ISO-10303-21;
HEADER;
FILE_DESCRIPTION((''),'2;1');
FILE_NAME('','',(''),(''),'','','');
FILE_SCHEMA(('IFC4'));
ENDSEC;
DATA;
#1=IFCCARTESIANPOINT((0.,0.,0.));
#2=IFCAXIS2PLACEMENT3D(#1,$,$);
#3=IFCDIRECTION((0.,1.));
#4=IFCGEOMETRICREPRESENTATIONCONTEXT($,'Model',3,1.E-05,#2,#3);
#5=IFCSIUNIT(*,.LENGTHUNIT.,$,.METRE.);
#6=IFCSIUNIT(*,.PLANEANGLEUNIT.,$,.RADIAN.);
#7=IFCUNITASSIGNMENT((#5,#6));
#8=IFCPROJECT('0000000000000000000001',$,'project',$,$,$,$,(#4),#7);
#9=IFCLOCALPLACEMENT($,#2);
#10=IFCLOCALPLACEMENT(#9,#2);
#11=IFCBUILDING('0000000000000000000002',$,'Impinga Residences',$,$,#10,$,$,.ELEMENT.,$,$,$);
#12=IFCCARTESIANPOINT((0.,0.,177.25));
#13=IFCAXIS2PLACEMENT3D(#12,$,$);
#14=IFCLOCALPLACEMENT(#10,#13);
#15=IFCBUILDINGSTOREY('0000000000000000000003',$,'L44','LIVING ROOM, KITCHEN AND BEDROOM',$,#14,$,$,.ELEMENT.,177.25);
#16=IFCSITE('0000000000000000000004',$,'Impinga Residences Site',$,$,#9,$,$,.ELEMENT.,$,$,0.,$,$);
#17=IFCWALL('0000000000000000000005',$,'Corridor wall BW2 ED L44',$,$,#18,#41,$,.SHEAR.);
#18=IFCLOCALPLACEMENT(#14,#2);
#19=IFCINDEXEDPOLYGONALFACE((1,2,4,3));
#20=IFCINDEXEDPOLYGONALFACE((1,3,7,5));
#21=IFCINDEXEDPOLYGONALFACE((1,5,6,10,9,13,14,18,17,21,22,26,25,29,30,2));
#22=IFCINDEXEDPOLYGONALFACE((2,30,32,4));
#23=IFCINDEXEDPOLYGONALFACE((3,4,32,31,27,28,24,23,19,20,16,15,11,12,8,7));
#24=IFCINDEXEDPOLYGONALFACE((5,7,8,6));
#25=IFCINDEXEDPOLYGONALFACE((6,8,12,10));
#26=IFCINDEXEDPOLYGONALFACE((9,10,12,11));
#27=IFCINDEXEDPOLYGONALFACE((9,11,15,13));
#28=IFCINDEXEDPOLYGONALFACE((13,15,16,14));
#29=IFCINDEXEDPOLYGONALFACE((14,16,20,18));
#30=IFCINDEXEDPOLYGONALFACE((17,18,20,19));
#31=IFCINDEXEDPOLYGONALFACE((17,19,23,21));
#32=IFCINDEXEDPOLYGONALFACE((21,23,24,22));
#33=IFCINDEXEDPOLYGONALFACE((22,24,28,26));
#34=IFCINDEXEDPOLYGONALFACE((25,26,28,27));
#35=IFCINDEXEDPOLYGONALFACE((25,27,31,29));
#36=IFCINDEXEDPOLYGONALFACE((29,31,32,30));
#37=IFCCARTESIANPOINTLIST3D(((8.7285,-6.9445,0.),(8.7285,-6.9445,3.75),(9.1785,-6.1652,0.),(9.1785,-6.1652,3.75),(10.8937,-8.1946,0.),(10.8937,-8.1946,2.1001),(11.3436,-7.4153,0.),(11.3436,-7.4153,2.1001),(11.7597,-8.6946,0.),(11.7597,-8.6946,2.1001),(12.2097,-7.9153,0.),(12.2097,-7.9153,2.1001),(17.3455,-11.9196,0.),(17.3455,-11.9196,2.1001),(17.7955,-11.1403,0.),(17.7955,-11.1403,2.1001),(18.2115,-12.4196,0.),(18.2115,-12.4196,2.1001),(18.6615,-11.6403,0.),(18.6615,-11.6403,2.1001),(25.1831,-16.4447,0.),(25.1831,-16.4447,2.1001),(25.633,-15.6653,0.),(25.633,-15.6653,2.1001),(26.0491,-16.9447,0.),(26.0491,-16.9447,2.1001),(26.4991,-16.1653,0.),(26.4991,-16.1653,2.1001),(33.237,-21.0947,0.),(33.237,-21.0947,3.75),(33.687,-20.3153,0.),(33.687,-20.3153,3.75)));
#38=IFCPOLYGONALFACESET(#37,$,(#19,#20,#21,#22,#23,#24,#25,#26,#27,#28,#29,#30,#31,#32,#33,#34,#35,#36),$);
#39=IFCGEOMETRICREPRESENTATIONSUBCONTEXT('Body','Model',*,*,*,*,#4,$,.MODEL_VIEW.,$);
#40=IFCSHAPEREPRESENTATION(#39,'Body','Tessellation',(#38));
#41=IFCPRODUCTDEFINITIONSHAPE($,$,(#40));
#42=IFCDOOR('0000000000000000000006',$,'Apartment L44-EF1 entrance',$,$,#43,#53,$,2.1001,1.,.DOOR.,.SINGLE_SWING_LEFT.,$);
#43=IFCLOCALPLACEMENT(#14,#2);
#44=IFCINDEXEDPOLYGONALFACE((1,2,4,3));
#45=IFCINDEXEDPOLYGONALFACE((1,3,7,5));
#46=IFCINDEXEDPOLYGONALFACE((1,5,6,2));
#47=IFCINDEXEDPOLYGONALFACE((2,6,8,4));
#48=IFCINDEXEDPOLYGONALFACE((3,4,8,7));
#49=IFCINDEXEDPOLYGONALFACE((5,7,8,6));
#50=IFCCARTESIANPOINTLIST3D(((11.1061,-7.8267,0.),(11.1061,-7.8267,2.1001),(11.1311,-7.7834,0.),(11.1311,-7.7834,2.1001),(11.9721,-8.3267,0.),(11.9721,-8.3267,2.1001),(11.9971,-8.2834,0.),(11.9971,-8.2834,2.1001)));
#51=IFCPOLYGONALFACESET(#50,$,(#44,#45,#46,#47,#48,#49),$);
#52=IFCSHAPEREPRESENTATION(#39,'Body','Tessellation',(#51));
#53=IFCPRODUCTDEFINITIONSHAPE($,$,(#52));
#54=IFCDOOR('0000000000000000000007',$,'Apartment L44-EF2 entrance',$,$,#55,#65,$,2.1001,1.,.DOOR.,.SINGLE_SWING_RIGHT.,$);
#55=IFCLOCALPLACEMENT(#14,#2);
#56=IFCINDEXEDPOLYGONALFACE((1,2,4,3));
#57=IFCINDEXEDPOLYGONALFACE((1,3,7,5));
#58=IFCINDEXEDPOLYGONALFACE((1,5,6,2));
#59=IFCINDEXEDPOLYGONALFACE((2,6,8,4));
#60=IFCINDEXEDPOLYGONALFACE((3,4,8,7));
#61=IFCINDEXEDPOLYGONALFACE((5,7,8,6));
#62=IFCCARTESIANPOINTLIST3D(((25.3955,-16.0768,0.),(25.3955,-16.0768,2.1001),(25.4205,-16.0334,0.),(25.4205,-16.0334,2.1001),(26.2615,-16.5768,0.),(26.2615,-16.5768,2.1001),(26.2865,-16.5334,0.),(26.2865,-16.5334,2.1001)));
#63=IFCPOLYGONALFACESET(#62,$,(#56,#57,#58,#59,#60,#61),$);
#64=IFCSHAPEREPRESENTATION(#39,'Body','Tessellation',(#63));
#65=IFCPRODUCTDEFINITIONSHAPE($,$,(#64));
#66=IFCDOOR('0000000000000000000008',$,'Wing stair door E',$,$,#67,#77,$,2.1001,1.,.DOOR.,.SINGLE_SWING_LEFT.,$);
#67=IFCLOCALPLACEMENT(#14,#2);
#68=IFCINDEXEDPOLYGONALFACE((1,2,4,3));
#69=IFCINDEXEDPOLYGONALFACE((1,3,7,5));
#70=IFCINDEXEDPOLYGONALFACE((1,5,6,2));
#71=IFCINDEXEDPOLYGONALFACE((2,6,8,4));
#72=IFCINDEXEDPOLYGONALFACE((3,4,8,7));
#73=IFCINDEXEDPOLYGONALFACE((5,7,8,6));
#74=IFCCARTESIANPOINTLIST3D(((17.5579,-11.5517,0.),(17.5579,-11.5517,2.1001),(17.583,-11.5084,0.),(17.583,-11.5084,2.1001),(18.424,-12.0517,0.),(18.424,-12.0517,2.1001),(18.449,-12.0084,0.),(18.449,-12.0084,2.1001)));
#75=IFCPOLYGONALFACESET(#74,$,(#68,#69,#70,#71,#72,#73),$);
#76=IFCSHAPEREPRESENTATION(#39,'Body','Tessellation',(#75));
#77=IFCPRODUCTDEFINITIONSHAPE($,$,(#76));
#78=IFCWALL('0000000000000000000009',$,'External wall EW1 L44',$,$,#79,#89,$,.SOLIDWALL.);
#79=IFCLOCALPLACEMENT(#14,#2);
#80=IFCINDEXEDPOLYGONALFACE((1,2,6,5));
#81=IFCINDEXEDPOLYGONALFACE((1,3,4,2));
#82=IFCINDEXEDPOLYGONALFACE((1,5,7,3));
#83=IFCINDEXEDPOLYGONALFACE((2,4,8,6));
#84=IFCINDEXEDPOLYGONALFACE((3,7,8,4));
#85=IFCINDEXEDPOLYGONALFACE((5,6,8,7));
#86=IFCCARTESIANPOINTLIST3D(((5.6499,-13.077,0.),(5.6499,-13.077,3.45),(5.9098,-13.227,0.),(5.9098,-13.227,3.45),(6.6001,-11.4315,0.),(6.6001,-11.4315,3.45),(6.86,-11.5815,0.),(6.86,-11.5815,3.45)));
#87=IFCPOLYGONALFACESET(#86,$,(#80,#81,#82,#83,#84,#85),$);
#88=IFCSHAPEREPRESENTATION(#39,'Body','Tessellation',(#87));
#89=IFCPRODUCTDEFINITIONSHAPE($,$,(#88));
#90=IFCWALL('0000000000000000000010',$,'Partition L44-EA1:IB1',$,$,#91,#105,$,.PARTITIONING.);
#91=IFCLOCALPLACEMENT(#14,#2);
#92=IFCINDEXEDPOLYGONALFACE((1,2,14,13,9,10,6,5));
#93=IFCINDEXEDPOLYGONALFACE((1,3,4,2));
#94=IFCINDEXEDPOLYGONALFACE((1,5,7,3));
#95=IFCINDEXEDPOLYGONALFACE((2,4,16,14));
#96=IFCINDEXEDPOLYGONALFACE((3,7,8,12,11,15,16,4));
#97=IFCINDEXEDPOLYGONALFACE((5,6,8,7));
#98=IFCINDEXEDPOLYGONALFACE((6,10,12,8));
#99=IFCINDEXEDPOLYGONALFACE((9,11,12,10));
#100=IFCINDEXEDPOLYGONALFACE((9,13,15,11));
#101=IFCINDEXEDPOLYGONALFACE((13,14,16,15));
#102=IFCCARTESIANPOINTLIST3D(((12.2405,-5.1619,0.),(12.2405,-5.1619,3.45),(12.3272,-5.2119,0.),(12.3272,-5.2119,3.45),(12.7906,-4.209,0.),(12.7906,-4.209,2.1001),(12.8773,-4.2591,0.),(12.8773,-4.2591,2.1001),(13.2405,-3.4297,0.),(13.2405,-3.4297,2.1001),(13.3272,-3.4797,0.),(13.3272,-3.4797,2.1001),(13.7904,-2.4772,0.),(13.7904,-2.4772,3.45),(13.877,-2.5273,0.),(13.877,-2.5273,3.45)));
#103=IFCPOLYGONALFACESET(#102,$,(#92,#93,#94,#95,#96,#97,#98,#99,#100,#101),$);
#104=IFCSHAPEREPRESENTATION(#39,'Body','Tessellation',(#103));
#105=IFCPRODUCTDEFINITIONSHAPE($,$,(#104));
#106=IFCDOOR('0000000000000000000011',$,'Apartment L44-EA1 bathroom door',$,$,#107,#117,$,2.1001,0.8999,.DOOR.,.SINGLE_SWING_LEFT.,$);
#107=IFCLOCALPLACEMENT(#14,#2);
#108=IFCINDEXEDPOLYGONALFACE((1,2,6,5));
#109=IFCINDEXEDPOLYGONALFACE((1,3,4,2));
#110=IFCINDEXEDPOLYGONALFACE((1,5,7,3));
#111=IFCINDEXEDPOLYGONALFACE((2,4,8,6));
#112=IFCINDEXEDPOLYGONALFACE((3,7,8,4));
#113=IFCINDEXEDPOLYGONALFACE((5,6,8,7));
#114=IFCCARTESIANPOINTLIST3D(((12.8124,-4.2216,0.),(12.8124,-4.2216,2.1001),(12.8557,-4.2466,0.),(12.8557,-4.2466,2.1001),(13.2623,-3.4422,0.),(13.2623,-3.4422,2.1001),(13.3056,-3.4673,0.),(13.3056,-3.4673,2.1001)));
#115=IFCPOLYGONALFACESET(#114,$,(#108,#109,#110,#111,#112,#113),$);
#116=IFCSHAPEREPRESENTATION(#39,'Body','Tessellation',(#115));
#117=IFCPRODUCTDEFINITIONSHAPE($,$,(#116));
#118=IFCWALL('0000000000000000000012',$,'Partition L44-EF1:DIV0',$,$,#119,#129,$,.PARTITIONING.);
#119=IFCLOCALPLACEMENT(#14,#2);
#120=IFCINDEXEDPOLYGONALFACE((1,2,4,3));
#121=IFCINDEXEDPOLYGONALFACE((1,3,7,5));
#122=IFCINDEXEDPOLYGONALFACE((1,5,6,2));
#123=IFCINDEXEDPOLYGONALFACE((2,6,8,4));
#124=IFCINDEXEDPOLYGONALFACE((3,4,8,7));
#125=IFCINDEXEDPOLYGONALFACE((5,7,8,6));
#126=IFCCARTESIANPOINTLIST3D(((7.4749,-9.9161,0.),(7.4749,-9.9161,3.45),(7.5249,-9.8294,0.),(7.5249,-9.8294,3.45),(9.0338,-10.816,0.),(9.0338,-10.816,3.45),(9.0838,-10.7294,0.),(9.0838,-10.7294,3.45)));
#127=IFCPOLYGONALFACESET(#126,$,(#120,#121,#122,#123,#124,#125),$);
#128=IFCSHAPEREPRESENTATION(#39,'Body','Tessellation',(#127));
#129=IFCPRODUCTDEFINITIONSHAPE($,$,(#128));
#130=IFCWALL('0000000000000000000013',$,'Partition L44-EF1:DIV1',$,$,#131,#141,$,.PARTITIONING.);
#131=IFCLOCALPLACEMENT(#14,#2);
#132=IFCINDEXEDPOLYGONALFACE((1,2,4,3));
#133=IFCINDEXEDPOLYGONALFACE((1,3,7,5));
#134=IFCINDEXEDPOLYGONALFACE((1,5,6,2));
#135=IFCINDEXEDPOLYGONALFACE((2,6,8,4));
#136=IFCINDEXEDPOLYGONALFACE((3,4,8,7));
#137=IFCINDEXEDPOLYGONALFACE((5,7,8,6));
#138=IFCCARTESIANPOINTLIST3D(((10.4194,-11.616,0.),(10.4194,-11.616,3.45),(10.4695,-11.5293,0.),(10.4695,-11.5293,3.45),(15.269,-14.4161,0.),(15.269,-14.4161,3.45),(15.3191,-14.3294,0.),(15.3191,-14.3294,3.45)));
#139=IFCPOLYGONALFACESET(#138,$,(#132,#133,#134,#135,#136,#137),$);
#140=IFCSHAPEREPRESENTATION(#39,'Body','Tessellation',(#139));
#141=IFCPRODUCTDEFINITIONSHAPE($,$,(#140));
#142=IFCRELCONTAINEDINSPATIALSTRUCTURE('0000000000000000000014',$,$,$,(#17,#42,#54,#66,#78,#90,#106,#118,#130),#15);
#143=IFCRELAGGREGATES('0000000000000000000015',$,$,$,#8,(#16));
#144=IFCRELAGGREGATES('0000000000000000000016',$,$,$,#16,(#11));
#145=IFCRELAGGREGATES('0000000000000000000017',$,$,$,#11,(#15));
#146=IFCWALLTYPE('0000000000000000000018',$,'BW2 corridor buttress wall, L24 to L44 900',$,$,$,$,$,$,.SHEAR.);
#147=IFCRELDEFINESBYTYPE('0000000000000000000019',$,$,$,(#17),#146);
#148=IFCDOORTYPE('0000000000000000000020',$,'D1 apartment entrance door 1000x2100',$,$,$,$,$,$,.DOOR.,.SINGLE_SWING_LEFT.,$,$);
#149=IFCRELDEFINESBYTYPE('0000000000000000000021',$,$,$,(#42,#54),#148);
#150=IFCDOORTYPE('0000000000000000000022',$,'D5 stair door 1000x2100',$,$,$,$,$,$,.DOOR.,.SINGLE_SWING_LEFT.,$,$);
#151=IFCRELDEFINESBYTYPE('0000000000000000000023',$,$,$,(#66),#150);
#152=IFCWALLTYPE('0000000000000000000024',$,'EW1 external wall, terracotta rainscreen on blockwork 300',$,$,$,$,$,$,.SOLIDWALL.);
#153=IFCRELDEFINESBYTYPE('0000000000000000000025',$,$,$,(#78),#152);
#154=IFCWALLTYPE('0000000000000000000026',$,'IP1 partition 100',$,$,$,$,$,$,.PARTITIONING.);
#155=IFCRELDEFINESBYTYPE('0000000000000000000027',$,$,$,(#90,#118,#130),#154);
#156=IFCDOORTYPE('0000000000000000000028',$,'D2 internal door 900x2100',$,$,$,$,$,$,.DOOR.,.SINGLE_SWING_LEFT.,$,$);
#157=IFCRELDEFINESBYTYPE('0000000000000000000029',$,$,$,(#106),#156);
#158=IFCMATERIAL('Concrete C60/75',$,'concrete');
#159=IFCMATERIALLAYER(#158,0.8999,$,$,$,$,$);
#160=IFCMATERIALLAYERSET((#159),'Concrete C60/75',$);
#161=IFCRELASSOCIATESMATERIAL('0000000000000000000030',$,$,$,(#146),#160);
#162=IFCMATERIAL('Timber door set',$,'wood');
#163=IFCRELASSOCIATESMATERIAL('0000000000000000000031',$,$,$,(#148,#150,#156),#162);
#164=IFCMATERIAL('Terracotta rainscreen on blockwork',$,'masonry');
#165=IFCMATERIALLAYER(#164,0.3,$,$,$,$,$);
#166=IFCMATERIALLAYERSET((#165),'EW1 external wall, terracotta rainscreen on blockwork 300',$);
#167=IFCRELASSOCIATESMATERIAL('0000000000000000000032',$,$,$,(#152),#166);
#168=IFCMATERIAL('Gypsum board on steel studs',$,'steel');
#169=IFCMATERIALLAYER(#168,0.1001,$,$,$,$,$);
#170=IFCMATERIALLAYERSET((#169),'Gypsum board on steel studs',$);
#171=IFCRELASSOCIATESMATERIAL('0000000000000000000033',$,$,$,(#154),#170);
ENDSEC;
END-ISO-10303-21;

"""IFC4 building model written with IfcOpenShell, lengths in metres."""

from ifc_helpers import new_model, si_unit, direction, frame, frame_2d, origin, place, context, subcontext, project, spatial, rectangle, extrude, material, layer, layer_set, type_object, element, fill, save


model = new_model("IFC4")

# Units and contexts
model_context = context("Model", 3, precision=1e-05, world=origin(), true_north=direction((0.0, 1.0)))
body_context = subcontext(model_context, "Body", "Model", "MODEL_VIEW")
ifc_project = project(units=[si_unit("LENGTHUNIT", "METRE"), si_unit("PLANEANGLEUNIT", "RADIAN")], contexts=[model_context])

# Site, building, storey
site_placement = place(None, origin())
site = spatial("IfcSite", under=ifc_project, at=site_placement, Name="Impinga Residences Site", CompositionType="ELEMENT", RefElevation=0.0)
building_placement = place(site_placement, origin())
building = spatial("IfcBuilding", under=site, at=building_placement, Name="Impinga Residences", CompositionType="ELEMENT")
storey_placement = place(building_placement, frame((0.0, 0.0, 177.25)))
storey = spatial("IfcBuildingStorey", under=building, at=storey_placement, Name="L44", Description="LIVING ROOM, KITCHEN AND BEDROOM", CompositionType="ELEMENT", Elevation=177.25)

# Wall, openings, doors
ifc_material_1 = material(Name="Concrete C60/75", Category="concrete")
ifc_layer_1 = layer(ifc_material_1, 0.8999)
ifc_layer_set_1 = layer_set([ifc_layer_1], Name="Concrete C60/75")
wall_type_1 = type_object("IfcWallType", Name="BW2 corridor buttress wall, L24 to L44 900", PredefinedType="SHEAR", material=ifc_layer_set_1)
wall_1_placement = place(storey_placement, frame((8.9536, -6.5549, 0.0), z_axis=(0.0, 0.0, 1.0), x_axis=(0.866023, -0.500003, 0.0)))
wall_1 = element("IfcWall", 1, at=wall_1_placement, inside=storey, type_object=wall_type_1, Name="Corridor wall BW2 ED L44", PredefinedType="SHEAR", context=body_context, shape_type="SweptSolid", body=[
    extrude(rectangle(XDim=28.3, YDim=0.8999, at=frame_2d((14.1499, 0.0))), origin(), (0.0, 0.0, 1.0), 3.75),
])
opening_1_placement = place(wall_1_placement, frame((9.95, 0.0, 0.0)))
opening_1 = element("IfcOpeningElement", 2, at=opening_1_placement, cuts=wall_1, PredefinedType="OPENING", context=body_context, shape_type="SweptSolid", body=[
    extrude(rectangle(XDim=1.0, YDim=2.1001, at=frame_2d((0.5, 1.05))), frame((0.0, 0.46, 0.0), z_axis=(0.0, -1.0, 0.0), x_axis=(1.0, 0.0, 0.0)), (0.0, 0.0, 1.0), 0.9199),
])
opening_2_placement = place(wall_1_placement, frame((2.5, 0.0, 0.0)))
opening_2 = element("IfcOpeningElement", 3, at=opening_2_placement, cuts=wall_1, PredefinedType="OPENING", context=body_context, shape_type="SweptSolid", body=[
    extrude(rectangle(XDim=1.0, YDim=2.1001, at=frame_2d((0.5, 1.05))), frame((0.0, 0.46, 0.0), z_axis=(0.0, -1.0, 0.0), x_axis=(1.0, 0.0, 0.0)), (0.0, 0.0, 1.0), 0.9199),
])
opening_3_placement = place(wall_1_placement, frame((19.0, 0.0, 0.0)))
opening_3 = element("IfcOpeningElement", 4, at=opening_3_placement, cuts=wall_1, PredefinedType="OPENING", context=body_context, shape_type="SweptSolid", body=[
    extrude(rectangle(XDim=1.0, YDim=2.1001, at=frame_2d((0.5, 1.05))), frame((0.0, 0.46, 0.0), z_axis=(0.0, -1.0, 0.0), x_axis=(1.0, 0.0, 0.0)), (0.0, 0.0, 1.0), 0.9199),
])
ifc_material_2 = material(Name="Timber door set", Category="wood")
door_type_1 = type_object("IfcDoorType", Name="D1 apartment entrance door 1000x2100", OperationType="SINGLE_SWING_LEFT", PredefinedType="DOOR", material=ifc_material_2)
door_1_placement = place(opening_2_placement, origin())
door_1 = element("IfcDoor", 5, at=door_1_placement, inside=storey, type_object=door_type_1, Name="Apartment L44-EF1 entrance", OperationType="SINGLE_SWING_LEFT", OverallHeight=2.1001, OverallWidth=1.0, PredefinedType="DOOR", context=body_context, shape_type="SweptSolid", body=[
    extrude(rectangle(XDim=1.0, YDim=2.1001, at=frame_2d((0.5, 1.05))), frame((0.0, 0.0249, 0.0), z_axis=(0.0, -1.0, 0.0), x_axis=(1.0, 0.0, 0.0)), (0.0, 0.0, 1.0), 0.05),
])
fill(opening_2, door_1)
door_2_placement = place(opening_3_placement, origin())
door_2 = element("IfcDoor", 6, at=door_2_placement, inside=storey, type_object=door_type_1, Name="Apartment L44-EF2 entrance", OperationType="SINGLE_SWING_RIGHT", OverallHeight=2.1001, OverallWidth=1.0, PredefinedType="DOOR", context=body_context, shape_type="SweptSolid", body=[
    extrude(rectangle(XDim=1.0, YDim=2.1001, at=frame_2d((0.5, 1.05))), frame((0.0, 0.0249, 0.0), z_axis=(0.0, -1.0, 0.0), x_axis=(1.0, 0.0, 0.0)), (0.0, 0.0, 1.0), 0.05),
])
fill(opening_3, door_2)
door_type_2 = type_object("IfcDoorType", Name="D5 stair door 1000x2100", OperationType="SINGLE_SWING_LEFT", PredefinedType="DOOR", material=ifc_material_2)
door_3_placement = place(opening_1_placement, origin())
door_3 = element("IfcDoor", 7, at=door_3_placement, inside=storey, type_object=door_type_2, Name="Wing stair door E", OperationType="SINGLE_SWING_LEFT", OverallHeight=2.1001, OverallWidth=1.0, PredefinedType="DOOR", context=body_context, shape_type="SweptSolid", body=[
    extrude(rectangle(XDim=1.0, YDim=2.1001, at=frame_2d((0.5, 1.05))), frame((0.0, 0.0249, 0.0), z_axis=(0.0, -1.0, 0.0), x_axis=(1.0, 0.0, 0.0)), (0.0, 0.0, 1.0), 0.05),
])
fill(opening_1, door_3)

# Wall
ifc_material_3 = material(Name="Terracotta rainscreen on blockwork", Category="masonry")
ifc_layer_2 = layer(ifc_material_3, 0.3)
ifc_layer_set_2 = layer_set([ifc_layer_2], Name="EW1 external wall, terracotta rainscreen on blockwork 300")
wall_type_2 = type_object("IfcWallType", Name="EW1 external wall, terracotta rainscreen on blockwork 300", PredefinedType="SOLIDWALL", material=ifc_layer_set_2)
wall_2_placement = place(storey_placement, frame((5.7798, -13.1521, 0.0), z_axis=(0.0, 0.0, 1.0), x_axis=(0.500064, 0.865989, 0.0)))
element("IfcWall", 8, at=wall_2_placement, inside=storey, type_object=wall_type_2, Name="External wall EW1 L44", PredefinedType="SOLIDWALL", context=body_context, shape_type="SweptSolid", body=[
    extrude(rectangle(XDim=1.9001, YDim=0.3, at=frame_2d((0.9502, 0.0))), origin(), (0.0, 0.0, 1.0), 3.45),
])

# Wall, opening, door
ifc_material_4 = material(Name="Gypsum board on steel studs", Category="steel")
ifc_layer_3 = layer(ifc_material_4, 0.1001)
ifc_layer_set_3 = layer_set([ifc_layer_3], Name="Gypsum board on steel studs")
wall_type_3 = type_object("IfcWallType", Name="IP1 partition 100", PredefinedType="PARTITIONING", material=ifc_layer_set_3)
wall_3_placement = place(storey_placement, frame((12.2839, -5.1868, 0.0), z_axis=(0.0, 0.0, 1.0), x_axis=(0.499968, 0.866044, 0.0)))
wall_3 = element("IfcWall", 9, at=wall_3_placement, inside=storey, type_object=wall_type_3, Name="Partition L44-EA1:IB1", PredefinedType="PARTITIONING", context=body_context, shape_type="SweptSolid", body=[
    extrude(rectangle(XDim=3.0999, YDim=0.1001, at=frame_2d((1.5498, 0.0))), origin(), (0.0, 0.0, 1.0), 3.45),
])
opening_4_placement = place(wall_3_placement, frame((1.1001, 0.0, 0.0)))
opening_4 = element("IfcOpeningElement", 10, at=opening_4_placement, cuts=wall_3, PredefinedType="OPENING", context=body_context, shape_type="SweptSolid", body=[
    extrude(rectangle(XDim=0.8999, YDim=2.1001, at=frame_2d((0.45, 1.05))), frame((0.0, 0.0601, 0.0), z_axis=(0.0, -1.0, 0.0), x_axis=(1.0, 0.0, 0.0)), (0.0, 0.0, 1.0), 0.1201),
])
door_type_3 = type_object("IfcDoorType", Name="D2 internal door 900x2100", OperationType="SINGLE_SWING_LEFT", PredefinedType="DOOR", material=ifc_material_2)
door_4_placement = place(opening_4_placement, origin())
door_4 = element("IfcDoor", 11, at=door_4_placement, inside=storey, type_object=door_type_3, Name="Apartment L44-EA1 bathroom door", OperationType="SINGLE_SWING_LEFT", OverallHeight=2.1001, OverallWidth=0.8999, PredefinedType="DOOR", context=body_context, shape_type="SweptSolid", body=[
    extrude(rectangle(XDim=0.8999, YDim=2.1001, at=frame_2d((0.45, 1.05))), frame((0.0, 0.0249, 0.0), z_axis=(0.0, -1.0, 0.0), x_axis=(1.0, 0.0, 0.0)), (0.0, 0.0, 1.0), 0.05),
])
fill(opening_4, door_4)

# Walls
wall_4_placement = place(storey_placement, frame((7.5, -9.8728, 0.0), z_axis=(0.0, 0.0, 1.0), x_axis=(0.866048, -0.499961, 0.0)))
element("IfcWall", 12, at=wall_4_placement, inside=storey, type_object=wall_type_3, Name="Partition L44-EF1:DIV0", PredefinedType="PARTITIONING", context=body_context, shape_type="SweptSolid", body=[
    extrude(rectangle(XDim=1.8, YDim=0.1001, at=frame_2d((0.8999, 0.0))), origin(), (0.0, 0.0, 1.0), 3.45),
])
wall_5_placement = place(storey_placement, frame((10.4446, -11.5728, 0.0), z_axis=(0.0, 0.0, 1.0), x_axis=(0.866016, -0.500017, 0.0)))
element("IfcWall", 13, at=wall_5_placement, inside=storey, type_object=wall_type_3, Name="Partition L44-EF1:DIV1", PredefinedType="PARTITIONING", context=body_context, shape_type="SweptSolid", body=[
    extrude(rectangle(XDim=5.5999, YDim=0.1001, at=frame_2d((2.7998, 0.0))), origin(), (0.0, 0.0, 1.0), 3.45),
])

save(model, "model.ifc")
